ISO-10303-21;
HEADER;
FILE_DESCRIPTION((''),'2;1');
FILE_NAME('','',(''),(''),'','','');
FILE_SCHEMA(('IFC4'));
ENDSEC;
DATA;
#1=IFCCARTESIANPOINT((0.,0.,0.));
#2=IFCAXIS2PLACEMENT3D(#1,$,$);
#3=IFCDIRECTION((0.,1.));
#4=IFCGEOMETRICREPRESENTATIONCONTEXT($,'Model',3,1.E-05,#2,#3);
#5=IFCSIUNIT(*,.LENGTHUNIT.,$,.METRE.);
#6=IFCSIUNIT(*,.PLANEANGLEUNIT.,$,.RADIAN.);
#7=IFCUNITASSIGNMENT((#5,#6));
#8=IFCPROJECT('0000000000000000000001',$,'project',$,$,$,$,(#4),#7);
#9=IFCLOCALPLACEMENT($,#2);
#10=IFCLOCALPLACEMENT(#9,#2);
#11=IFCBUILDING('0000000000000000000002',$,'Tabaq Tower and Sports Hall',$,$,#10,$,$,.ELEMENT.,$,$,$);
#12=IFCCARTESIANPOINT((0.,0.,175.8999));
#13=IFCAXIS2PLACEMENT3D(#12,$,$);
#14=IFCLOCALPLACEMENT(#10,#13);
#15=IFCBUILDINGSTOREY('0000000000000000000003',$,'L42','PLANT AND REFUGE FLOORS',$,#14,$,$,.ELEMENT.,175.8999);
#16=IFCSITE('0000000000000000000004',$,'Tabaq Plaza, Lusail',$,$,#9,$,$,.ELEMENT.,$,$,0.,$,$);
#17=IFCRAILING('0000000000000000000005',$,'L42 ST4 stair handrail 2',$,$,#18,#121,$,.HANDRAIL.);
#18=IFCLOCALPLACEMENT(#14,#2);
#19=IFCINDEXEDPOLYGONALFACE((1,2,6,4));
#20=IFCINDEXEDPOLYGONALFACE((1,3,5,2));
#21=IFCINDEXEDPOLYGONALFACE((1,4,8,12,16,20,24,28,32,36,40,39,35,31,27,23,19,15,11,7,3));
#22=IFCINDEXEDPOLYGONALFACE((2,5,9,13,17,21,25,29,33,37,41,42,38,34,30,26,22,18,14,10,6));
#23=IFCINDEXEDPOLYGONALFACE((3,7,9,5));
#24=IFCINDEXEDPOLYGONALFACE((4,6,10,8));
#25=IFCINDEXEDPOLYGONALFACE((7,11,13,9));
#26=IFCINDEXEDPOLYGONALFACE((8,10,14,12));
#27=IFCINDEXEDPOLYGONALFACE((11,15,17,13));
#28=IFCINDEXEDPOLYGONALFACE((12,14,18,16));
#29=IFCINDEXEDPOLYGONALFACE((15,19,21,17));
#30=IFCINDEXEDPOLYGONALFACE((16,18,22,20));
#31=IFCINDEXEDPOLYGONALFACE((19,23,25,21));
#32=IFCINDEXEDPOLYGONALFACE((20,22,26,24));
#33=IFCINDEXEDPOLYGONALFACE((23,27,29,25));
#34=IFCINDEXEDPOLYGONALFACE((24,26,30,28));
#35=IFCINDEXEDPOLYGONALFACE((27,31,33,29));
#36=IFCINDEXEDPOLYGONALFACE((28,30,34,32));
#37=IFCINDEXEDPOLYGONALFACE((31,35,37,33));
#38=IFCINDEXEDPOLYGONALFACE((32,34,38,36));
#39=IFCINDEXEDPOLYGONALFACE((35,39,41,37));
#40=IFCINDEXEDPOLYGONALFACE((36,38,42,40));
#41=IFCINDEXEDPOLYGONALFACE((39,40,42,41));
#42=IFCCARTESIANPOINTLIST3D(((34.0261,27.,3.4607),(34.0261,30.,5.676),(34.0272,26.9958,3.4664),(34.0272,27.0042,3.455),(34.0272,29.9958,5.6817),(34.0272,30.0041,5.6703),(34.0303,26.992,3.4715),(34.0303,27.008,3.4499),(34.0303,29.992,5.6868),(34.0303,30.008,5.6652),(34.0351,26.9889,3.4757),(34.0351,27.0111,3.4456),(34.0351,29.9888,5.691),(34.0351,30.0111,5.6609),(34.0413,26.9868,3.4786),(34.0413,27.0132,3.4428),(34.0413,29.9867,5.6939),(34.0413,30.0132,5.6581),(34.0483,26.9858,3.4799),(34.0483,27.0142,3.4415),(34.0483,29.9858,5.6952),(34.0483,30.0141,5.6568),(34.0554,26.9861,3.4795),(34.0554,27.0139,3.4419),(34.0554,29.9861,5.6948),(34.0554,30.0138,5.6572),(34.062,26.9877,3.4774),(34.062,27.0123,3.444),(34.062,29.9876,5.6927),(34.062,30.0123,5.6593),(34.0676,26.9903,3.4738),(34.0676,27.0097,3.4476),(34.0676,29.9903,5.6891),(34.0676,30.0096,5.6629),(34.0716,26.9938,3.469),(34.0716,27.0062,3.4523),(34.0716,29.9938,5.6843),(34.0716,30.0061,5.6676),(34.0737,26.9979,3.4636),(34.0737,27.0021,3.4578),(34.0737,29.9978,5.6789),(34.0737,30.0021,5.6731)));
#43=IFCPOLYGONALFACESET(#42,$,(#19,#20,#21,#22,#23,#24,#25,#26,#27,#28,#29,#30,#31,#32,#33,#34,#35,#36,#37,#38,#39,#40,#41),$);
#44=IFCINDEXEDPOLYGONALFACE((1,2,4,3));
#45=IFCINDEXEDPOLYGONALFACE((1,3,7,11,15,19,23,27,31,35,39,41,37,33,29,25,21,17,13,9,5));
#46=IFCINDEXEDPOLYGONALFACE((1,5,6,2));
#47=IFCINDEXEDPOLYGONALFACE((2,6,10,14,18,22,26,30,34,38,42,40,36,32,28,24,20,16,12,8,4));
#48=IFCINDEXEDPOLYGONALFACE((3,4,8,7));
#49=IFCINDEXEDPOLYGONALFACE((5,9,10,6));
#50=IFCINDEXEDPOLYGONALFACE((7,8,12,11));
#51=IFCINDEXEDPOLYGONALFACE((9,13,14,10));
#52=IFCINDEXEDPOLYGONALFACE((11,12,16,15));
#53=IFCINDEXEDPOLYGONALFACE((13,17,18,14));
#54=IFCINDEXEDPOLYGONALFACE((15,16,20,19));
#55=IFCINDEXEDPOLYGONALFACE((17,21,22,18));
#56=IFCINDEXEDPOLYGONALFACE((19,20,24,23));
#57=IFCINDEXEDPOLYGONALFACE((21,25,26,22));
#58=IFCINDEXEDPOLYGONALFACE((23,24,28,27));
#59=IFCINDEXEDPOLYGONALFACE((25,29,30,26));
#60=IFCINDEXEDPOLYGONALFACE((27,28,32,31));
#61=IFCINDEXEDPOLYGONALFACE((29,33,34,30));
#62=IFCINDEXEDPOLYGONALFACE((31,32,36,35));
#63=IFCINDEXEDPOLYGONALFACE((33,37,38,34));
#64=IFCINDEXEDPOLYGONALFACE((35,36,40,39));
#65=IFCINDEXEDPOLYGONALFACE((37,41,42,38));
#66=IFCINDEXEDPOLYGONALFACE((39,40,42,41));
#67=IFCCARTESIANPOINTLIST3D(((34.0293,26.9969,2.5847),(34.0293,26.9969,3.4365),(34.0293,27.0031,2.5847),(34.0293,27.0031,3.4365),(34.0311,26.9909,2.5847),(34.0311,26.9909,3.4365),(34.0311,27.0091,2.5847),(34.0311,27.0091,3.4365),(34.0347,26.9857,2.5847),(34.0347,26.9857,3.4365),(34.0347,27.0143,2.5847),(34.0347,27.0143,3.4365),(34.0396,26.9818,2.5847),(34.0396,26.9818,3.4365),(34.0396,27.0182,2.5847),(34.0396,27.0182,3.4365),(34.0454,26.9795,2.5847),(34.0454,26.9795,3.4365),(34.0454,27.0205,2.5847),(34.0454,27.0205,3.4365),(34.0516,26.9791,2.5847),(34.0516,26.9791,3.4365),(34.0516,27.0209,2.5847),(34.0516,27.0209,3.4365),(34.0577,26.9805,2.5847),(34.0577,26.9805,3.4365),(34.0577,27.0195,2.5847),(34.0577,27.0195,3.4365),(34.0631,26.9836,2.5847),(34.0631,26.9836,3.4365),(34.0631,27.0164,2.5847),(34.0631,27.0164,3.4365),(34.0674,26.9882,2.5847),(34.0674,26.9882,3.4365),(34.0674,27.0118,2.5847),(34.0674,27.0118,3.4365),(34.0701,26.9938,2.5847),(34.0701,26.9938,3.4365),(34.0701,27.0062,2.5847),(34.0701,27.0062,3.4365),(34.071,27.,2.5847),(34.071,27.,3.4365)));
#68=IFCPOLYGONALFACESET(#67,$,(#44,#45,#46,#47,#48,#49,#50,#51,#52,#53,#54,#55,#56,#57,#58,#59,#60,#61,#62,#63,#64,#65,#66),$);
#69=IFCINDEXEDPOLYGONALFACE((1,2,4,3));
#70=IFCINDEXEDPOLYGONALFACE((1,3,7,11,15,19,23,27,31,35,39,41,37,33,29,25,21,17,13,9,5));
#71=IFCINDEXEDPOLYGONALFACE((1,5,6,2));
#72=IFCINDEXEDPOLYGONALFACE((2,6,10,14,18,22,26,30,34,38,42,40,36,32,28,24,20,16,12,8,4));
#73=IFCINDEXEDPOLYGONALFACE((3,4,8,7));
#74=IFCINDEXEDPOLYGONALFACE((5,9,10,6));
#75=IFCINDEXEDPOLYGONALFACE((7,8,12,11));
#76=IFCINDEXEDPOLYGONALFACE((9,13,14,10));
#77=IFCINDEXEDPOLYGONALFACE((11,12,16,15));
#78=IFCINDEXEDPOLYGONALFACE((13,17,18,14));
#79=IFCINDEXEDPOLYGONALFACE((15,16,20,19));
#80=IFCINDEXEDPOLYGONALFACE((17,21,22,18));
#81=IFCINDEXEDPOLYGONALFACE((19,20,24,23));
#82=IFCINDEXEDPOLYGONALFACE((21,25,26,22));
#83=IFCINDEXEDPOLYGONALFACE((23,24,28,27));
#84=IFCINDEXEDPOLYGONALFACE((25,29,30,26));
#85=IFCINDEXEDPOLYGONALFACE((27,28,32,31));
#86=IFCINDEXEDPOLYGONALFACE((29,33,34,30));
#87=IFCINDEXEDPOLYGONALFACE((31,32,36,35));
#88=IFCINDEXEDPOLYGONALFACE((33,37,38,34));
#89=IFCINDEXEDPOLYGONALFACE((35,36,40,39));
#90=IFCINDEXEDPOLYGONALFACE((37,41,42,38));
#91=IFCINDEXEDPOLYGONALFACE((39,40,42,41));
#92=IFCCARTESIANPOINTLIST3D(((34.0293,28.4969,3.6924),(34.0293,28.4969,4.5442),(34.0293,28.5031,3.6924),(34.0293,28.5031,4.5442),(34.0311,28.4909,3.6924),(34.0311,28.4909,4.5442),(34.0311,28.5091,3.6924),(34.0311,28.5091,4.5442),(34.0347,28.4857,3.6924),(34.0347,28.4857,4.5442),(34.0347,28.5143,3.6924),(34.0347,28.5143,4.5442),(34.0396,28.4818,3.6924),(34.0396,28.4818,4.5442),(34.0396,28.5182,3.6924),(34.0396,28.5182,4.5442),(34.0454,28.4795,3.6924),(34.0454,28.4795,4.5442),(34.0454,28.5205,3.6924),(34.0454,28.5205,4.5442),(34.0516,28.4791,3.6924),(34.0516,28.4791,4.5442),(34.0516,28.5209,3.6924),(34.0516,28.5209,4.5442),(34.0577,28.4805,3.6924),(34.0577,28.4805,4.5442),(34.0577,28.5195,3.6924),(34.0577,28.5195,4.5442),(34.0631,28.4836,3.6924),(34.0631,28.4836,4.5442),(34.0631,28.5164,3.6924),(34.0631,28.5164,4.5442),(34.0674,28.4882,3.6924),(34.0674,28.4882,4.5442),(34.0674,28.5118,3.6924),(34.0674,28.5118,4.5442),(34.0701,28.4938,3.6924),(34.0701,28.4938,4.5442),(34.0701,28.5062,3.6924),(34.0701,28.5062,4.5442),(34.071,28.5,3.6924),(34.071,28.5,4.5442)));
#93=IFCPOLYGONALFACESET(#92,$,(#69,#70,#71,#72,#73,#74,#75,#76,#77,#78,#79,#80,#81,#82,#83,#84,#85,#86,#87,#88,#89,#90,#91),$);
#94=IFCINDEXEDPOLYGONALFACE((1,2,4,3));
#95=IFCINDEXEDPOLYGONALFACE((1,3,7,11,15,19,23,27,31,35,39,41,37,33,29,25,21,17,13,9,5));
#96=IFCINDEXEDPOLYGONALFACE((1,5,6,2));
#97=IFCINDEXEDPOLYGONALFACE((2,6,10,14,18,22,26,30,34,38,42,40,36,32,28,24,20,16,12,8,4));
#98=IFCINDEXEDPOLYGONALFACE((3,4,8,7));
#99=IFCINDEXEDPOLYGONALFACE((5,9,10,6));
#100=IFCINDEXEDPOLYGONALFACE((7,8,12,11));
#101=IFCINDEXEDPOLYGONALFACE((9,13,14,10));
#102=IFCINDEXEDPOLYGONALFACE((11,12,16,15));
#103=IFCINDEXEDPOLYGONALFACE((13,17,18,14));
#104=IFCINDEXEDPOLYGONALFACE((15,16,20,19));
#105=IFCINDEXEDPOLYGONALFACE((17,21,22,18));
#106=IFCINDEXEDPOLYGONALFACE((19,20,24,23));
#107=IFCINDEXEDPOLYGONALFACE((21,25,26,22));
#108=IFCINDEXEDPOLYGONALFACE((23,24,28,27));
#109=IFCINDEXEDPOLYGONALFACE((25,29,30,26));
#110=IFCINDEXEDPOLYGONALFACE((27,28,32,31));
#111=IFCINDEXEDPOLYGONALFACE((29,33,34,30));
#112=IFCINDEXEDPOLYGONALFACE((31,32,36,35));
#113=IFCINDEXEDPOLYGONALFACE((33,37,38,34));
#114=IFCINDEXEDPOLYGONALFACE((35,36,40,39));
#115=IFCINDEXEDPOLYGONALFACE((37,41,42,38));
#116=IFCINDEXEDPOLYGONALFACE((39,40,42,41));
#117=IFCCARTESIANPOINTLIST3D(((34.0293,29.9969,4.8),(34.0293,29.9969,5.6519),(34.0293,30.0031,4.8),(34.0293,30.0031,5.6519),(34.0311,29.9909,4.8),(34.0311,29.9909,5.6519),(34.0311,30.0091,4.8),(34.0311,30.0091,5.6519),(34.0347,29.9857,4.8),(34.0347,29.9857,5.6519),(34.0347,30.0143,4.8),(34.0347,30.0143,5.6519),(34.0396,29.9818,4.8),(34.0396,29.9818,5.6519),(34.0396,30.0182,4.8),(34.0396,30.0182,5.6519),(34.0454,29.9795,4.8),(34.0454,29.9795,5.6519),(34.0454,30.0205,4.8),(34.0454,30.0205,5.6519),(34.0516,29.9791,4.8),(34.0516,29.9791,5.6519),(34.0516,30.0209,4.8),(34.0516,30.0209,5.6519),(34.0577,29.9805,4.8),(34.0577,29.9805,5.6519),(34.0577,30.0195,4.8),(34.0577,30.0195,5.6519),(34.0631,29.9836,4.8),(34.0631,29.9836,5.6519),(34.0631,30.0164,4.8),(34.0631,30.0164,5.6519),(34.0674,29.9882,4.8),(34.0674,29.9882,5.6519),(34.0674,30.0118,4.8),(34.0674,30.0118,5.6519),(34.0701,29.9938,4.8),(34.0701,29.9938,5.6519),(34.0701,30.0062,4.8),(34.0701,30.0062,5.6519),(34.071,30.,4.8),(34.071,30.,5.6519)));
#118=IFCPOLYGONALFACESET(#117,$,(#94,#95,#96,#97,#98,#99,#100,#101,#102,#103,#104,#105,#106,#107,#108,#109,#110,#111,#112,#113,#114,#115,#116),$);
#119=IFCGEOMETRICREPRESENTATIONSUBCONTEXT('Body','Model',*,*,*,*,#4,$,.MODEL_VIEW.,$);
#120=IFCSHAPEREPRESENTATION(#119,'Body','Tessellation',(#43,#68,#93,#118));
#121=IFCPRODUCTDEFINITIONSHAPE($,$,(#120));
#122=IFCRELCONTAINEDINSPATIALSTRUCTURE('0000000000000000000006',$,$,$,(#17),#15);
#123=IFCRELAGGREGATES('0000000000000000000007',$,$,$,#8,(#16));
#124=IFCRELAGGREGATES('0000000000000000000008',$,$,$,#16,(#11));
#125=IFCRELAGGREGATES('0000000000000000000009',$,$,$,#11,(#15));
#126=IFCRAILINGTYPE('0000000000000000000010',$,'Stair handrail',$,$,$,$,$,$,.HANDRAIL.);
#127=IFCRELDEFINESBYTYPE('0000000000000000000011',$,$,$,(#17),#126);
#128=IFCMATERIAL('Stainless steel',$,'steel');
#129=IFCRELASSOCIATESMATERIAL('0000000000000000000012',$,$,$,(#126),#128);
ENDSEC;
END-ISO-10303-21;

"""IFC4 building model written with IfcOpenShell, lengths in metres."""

from ifc_helpers import new_model, si_unit, direction, frame, origin, origin_2d, place, context, subcontext, project, spatial, circle, extrude, material, type_object, element, save


model = new_model("IFC4")

# Units and contexts
model_context = context("Model", 3, precision=1e-05, world=origin(), true_north=direction((0.0, 1.0)))
body_context = subcontext(model_context, "Body", "Model", "MODEL_VIEW")
ifc_project = project(units=[si_unit("LENGTHUNIT", "METRE"), si_unit("PLANEANGLEUNIT", "RADIAN")], contexts=[model_context])

# Site, building, storey
site_placement = place(None, origin())
site = spatial("IfcSite", under=ifc_project, at=site_placement, Name="Tabaq Plaza, Lusail", CompositionType="ELEMENT", RefElevation=0.0)
building_placement = place(site_placement, origin())
building = spatial("IfcBuilding", under=site, at=building_placement, Name="Tabaq Tower and Sports Hall", CompositionType="ELEMENT")
storey_placement = place(building_placement, frame((0.0, 0.0, 175.8999)))
storey = spatial("IfcBuildingStorey", under=building, at=storey_placement, Name="L42", Description="PLANT AND REFUGE FLOORS", CompositionType="ELEMENT", Elevation=175.8999)

# Railing
ifc_material_1 = material(Name="Stainless steel", Category="steel")
railing_type_1 = type_object("IfcRailingType", Name="Stair handrail", PredefinedType="HANDRAIL", material=ifc_material_1)
railing_1_placement = place(storey_placement, frame((34.05, 27.0, 2.5847)))
element("IfcRailing", 1, at=railing_1_placement, inside=storey, type_object=railing_type_1, Name="L42 ST4 stair handrail 2", PredefinedType="HANDRAIL", context=body_context, shape_type="SweptSolid", body=[
    extrude(circle(Radius=0.0239, at=origin_2d()), frame((0.0, 0.0, 0.876), z_axis=(0.0, 0.80444, 0.594034), x_axis=(-1.0, 0.0, 0.0)), (0.0, 0.0, 1.0), 3.7292),
    extrude(circle(Radius=0.021, at=origin_2d()), origin(), (0.0, 0.0, 1.0), 0.8518),
    extrude(circle(Radius=0.021, at=origin_2d()), frame((0.0, 1.5, 1.1077)), (0.0, 0.0, 1.0), 0.8518),
    extrude(circle(Radius=0.021, at=origin_2d()), frame((0.0, 3.0, 2.2153)), (0.0, 0.0, 1.0), 0.8518),
])

save(model, "model.ifc")
